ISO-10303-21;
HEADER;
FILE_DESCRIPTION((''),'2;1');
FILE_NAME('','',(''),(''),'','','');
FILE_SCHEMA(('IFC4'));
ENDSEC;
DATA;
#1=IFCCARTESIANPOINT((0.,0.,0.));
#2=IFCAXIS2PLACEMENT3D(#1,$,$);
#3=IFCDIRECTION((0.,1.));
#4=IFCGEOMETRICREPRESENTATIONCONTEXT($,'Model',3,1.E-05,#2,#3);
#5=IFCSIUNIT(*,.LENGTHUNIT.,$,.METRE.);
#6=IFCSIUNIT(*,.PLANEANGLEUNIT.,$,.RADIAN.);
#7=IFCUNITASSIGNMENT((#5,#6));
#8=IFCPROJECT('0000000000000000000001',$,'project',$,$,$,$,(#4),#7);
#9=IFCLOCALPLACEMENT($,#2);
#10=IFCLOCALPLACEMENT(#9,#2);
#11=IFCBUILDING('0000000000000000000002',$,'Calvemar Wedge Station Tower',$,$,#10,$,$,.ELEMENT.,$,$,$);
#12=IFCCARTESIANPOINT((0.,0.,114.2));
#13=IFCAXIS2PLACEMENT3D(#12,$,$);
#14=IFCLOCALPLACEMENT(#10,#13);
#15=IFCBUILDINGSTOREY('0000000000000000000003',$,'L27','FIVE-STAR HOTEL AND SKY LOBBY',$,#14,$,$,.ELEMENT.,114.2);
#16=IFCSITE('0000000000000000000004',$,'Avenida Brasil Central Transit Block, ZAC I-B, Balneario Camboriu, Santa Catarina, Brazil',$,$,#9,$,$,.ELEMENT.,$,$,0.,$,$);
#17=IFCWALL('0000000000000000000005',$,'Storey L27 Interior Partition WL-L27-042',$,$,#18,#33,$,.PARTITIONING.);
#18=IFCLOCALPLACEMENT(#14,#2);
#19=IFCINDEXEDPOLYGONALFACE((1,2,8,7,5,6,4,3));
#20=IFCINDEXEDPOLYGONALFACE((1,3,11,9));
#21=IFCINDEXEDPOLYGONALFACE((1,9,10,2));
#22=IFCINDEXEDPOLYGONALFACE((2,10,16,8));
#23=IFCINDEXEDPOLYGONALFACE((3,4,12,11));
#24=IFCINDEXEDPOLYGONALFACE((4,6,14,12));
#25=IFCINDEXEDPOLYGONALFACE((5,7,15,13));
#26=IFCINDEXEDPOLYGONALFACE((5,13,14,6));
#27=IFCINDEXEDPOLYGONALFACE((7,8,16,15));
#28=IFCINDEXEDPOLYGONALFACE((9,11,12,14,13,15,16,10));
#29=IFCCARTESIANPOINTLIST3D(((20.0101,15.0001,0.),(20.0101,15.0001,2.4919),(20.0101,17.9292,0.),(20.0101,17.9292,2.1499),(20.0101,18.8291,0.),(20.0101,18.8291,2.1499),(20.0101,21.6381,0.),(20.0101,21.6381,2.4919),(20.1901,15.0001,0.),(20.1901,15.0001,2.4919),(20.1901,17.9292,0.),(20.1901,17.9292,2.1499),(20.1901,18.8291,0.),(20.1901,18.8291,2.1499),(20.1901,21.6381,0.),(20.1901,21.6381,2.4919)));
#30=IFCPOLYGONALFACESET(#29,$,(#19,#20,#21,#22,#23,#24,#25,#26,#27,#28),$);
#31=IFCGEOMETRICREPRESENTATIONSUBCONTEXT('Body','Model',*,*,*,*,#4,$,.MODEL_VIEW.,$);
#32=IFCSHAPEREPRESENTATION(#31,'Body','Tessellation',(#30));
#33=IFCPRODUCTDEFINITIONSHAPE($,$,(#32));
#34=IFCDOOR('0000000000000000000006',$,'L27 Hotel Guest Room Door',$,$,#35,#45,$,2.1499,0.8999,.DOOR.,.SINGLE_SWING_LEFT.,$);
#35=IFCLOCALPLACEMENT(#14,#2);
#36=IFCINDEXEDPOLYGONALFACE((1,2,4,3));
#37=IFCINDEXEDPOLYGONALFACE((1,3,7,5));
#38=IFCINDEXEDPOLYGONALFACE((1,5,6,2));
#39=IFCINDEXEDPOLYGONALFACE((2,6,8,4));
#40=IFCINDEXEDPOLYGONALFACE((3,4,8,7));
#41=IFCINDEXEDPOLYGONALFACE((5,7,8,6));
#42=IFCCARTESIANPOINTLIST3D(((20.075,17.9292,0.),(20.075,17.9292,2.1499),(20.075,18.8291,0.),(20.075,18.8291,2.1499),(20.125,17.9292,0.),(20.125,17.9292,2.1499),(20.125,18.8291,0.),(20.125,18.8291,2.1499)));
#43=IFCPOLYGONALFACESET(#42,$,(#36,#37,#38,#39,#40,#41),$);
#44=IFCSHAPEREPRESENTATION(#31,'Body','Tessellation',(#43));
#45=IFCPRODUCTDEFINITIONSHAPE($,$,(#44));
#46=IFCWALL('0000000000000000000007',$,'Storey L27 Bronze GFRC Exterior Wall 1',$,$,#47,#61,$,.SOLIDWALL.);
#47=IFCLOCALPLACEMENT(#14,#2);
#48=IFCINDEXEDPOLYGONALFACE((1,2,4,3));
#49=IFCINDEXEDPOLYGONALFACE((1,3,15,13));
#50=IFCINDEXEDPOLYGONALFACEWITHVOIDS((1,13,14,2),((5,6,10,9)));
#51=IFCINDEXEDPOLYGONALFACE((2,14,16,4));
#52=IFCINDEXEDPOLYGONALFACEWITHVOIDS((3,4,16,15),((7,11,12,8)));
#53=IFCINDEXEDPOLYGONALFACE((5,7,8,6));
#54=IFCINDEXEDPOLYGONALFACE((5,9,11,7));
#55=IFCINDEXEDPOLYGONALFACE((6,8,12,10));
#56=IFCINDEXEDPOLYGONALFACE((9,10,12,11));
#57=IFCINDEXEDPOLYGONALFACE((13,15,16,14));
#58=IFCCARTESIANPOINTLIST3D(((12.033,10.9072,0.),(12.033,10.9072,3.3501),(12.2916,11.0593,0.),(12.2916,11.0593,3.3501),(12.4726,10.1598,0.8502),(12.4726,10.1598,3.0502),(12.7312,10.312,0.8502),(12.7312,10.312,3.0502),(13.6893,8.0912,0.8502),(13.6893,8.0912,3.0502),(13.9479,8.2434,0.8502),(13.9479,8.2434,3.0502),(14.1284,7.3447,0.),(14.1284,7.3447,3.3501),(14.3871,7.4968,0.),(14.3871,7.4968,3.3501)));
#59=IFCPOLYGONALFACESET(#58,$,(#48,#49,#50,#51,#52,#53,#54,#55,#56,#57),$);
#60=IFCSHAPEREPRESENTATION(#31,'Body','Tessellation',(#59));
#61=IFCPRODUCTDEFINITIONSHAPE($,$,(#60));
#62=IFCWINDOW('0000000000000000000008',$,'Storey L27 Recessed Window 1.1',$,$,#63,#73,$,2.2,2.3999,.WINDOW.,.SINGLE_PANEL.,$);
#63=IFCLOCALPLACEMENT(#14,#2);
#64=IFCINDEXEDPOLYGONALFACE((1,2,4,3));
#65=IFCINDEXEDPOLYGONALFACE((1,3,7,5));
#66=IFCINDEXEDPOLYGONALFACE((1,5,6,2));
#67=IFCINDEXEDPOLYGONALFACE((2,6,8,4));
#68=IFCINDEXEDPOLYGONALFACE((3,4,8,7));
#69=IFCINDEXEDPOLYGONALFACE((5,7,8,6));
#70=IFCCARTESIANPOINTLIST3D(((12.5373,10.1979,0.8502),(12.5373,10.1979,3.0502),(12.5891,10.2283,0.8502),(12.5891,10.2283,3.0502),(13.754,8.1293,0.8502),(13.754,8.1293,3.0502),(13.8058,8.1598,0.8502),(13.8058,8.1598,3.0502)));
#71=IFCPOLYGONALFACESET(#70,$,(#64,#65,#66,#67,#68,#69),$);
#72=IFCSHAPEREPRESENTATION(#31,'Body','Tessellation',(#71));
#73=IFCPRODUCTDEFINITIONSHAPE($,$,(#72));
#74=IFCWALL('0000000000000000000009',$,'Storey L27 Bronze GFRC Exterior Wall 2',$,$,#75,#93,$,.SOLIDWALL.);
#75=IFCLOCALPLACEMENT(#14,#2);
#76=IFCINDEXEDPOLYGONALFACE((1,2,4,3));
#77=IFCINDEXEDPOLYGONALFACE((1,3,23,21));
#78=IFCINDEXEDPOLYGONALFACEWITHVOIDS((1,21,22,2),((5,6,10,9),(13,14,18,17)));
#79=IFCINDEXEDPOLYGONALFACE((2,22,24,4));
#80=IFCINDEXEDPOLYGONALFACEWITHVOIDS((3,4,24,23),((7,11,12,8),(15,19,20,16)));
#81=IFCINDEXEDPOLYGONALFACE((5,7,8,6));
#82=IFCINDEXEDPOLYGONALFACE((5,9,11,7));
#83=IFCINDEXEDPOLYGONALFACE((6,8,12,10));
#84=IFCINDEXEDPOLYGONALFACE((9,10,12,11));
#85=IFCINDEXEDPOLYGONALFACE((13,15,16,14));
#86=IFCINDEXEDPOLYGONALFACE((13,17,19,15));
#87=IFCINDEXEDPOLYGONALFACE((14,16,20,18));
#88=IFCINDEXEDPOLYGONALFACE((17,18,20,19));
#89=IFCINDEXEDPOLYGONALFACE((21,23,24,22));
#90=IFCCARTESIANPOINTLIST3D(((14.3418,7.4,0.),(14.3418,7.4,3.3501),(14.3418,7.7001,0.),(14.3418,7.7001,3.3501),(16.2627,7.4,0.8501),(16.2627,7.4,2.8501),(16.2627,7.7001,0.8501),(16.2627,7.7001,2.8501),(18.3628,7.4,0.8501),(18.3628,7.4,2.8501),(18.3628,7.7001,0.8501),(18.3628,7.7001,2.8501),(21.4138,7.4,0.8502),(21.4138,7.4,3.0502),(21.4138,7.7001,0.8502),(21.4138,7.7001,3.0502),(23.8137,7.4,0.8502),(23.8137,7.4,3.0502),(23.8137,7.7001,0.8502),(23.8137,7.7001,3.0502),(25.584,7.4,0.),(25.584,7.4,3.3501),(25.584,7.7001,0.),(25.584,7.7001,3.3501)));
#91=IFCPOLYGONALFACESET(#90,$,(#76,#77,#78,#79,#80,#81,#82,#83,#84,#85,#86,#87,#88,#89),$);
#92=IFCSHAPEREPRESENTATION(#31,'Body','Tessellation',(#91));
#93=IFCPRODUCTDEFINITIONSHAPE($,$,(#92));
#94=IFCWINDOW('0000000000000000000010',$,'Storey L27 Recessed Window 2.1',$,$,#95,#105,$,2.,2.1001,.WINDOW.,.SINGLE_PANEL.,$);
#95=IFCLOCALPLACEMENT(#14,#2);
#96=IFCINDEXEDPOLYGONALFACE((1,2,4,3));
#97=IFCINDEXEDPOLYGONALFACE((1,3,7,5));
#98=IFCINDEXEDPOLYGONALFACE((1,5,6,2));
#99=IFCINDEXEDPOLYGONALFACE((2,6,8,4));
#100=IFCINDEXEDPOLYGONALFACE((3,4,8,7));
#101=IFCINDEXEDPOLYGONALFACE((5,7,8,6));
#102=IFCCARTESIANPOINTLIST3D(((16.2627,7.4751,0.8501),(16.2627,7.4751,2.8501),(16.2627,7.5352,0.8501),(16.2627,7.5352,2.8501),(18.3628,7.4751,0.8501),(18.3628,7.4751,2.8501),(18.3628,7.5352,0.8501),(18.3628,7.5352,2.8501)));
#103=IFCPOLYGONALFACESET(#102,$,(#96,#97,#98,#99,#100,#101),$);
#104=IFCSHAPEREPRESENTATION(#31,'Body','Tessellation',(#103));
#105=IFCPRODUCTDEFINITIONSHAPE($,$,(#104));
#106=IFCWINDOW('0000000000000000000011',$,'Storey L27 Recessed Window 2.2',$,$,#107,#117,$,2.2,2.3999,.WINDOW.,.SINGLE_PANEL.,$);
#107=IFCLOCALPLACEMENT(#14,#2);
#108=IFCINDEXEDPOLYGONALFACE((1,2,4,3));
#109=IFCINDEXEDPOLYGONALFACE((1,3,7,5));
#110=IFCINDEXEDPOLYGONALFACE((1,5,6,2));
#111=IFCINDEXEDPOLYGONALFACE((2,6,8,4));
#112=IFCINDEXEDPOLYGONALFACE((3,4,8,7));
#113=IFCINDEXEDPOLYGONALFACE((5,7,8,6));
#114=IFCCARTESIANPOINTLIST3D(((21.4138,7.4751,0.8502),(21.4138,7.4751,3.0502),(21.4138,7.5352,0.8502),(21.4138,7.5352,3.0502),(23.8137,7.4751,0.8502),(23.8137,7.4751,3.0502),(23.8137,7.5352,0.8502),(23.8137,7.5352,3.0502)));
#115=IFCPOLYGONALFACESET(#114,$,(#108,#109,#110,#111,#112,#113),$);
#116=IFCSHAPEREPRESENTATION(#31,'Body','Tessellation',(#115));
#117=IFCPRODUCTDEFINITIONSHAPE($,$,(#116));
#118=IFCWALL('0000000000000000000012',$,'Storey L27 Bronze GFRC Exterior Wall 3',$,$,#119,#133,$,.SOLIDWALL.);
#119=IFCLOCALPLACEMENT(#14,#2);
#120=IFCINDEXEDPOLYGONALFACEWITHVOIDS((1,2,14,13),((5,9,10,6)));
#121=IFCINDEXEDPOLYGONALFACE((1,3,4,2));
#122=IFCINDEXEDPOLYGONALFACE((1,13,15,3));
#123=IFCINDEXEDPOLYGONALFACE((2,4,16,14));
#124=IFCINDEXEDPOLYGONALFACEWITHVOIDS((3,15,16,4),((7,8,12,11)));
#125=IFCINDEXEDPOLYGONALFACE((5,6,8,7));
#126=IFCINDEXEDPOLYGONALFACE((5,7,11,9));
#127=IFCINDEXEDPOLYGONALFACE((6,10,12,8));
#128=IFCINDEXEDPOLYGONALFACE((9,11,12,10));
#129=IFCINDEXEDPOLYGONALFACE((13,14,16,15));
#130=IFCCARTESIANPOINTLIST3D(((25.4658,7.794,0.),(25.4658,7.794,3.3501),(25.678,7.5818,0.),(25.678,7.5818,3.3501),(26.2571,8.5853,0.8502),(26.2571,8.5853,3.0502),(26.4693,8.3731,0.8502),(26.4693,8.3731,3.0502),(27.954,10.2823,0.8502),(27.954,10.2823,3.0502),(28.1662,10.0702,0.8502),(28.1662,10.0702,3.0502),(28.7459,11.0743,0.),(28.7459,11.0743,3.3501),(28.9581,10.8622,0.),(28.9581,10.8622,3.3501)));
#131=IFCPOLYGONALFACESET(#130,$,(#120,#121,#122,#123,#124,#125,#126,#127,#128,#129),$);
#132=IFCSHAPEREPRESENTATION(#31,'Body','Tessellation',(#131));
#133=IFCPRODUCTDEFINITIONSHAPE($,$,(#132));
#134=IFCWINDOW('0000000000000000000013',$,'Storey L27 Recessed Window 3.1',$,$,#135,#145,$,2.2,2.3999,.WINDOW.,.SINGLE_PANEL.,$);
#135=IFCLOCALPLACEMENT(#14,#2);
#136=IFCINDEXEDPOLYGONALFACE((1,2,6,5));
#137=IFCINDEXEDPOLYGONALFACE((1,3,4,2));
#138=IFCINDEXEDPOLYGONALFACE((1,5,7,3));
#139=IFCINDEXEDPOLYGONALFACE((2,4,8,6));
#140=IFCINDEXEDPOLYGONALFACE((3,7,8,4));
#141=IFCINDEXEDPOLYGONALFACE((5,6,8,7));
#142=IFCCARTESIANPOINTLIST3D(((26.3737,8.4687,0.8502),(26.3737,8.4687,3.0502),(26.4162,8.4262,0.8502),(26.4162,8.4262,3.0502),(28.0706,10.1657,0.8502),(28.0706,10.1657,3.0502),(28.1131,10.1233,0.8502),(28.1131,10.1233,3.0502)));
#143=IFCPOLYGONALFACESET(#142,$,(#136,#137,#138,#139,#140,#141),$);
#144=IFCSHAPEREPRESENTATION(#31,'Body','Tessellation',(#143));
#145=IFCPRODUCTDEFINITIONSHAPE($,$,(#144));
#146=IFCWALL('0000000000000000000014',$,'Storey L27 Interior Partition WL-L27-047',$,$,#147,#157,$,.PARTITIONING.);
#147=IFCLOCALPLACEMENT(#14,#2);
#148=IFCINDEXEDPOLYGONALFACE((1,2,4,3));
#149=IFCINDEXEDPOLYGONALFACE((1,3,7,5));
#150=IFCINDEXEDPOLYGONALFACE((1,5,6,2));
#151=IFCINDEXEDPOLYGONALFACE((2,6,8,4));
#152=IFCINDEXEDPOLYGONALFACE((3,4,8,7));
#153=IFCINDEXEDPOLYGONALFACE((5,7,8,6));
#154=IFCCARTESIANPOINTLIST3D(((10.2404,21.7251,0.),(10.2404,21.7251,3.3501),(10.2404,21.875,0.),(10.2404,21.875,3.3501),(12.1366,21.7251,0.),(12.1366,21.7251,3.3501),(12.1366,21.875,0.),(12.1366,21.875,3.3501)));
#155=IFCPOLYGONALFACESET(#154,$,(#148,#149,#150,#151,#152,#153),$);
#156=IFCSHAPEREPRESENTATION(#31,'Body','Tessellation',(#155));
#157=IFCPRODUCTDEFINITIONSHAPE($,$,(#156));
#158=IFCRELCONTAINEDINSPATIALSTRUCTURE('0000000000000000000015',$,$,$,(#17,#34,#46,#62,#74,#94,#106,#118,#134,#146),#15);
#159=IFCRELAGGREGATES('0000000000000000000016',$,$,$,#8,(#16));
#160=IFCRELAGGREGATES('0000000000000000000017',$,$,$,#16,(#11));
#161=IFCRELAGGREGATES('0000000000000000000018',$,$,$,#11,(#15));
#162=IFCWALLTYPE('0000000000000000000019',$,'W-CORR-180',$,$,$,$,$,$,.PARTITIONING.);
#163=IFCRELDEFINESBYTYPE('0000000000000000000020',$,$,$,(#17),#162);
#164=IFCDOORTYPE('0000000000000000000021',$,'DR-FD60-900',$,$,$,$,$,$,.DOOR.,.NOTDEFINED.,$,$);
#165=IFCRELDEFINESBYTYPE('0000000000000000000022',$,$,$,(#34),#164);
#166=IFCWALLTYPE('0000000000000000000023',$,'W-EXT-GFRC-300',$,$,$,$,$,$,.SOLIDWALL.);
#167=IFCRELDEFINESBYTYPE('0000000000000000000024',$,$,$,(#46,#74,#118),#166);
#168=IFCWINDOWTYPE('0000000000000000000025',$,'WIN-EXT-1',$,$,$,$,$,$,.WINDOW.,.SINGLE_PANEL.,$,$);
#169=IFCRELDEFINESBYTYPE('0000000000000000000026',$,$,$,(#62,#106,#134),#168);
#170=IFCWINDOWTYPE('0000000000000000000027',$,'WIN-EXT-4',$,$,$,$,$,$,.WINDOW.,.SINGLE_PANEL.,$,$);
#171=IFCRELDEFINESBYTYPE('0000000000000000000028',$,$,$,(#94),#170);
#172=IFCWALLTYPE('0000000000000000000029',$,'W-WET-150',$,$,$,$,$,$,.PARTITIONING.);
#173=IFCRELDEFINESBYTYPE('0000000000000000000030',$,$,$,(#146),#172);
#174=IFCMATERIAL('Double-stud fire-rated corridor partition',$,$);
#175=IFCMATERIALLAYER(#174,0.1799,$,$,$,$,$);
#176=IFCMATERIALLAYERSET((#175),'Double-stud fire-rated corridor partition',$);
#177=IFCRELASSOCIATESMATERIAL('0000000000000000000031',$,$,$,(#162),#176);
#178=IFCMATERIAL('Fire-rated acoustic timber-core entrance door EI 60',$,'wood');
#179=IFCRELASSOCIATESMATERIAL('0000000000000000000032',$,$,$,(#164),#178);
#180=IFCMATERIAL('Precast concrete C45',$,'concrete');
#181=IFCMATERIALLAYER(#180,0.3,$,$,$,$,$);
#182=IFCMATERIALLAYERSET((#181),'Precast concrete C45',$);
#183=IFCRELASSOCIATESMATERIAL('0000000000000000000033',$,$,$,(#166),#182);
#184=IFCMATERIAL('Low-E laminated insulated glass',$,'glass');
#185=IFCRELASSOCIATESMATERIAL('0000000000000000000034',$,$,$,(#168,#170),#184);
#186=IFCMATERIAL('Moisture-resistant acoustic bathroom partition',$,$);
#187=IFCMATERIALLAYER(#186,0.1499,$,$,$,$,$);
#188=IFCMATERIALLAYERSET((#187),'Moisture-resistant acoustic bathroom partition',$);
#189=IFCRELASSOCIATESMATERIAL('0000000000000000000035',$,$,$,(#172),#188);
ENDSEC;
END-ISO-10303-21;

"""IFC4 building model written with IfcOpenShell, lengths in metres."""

from ifc_helpers import new_model, si_unit, direction, frame, frame_2d, origin, place, context, subcontext, project, spatial, rectangle, extrude, source, transform, mapped, material, layer, layer_set, type_object, element, fill, save


model = new_model("IFC4")

# Units and contexts
model_context = context("Model", 3, precision=1e-05, world=origin(), true_north=direction((0.0, 1.0)))
body_context = subcontext(model_context, "Body", "Model", "MODEL_VIEW")
ifc_project = project(units=[si_unit("LENGTHUNIT", "METRE"), si_unit("PLANEANGLEUNIT", "RADIAN")], contexts=[model_context])

# Site, building, storey
site_placement = place(None, origin())
site = spatial("IfcSite", under=ifc_project, at=site_placement, Name="Avenida Brasil Central Transit Block, ZAC I-B, Balneario Camboriu, Santa Catarina, Brazil", CompositionType="ELEMENT", RefElevation=0.0)
building_placement = place(site_placement, origin())
building = spatial("IfcBuilding", under=site, at=building_placement, Name="Calvemar Wedge Station Tower", CompositionType="ELEMENT")
storey_placement = place(building_placement, frame((0.0, 0.0, 114.2)))
storey = spatial("IfcBuildingStorey", under=building, at=storey_placement, Name="L27", Description="FIVE-STAR HOTEL AND SKY LOBBY", CompositionType="ELEMENT", Elevation=114.2)

# Wall, opening, door
ifc_material_1 = material(Name="Double-stud fire-rated corridor partition")
ifc_layer_1 = layer(ifc_material_1, 0.1799)
ifc_layer_set_1 = layer_set([ifc_layer_1], Name="Double-stud fire-rated corridor partition")
wall_type_1 = type_object("IfcWallType", Name="W-CORR-180", PredefinedType="PARTITIONING", material=ifc_layer_set_1)
shared_shape_1 = source(origin(), body_context, "Body", "SweptSolid", [
    extrude(rectangle(XDim=0.8999, YDim=2.1499, at=frame_2d((0.45, 1.075))), frame((0.0, 0.1001, 0.0), z_axis=(0.0, -1.0, 0.0), x_axis=(1.0, 0.0, 0.0)), (0.0, 0.0, 1.0), 0.2),
])
ifc_material_2 = material(Name="Fire-rated acoustic timber-core entrance door EI 60", Category="wood")
door_type_1 = type_object("IfcDoorType", Name="DR-FD60-900", OperationType="NOTDEFINED", PredefinedType="DOOR", material=ifc_material_2)
shared_shape_2 = source(origin(), body_context, "Body", "SweptSolid", [
    extrude(rectangle(XDim=0.8999, YDim=2.1499, at=frame_2d((0.45, 1.075))), frame((0.0, 0.0249, 0.0), z_axis=(0.0, -1.0, 0.0), x_axis=(1.0, 0.0, 0.0)), (0.0, 0.0, 1.0), 0.05),
])
wall_1_placement = place(storey_placement, frame((20.1001, 21.6379, 0.0), z_axis=(0.0, 0.0, 1.0), x_axis=(0.0, -1.0, 0.0)))
wall_1 = element("IfcWall", 1, at=wall_1_placement, inside=storey, type_object=wall_type_1, Name="Storey L27 Interior Partition WL-L27-042", PredefinedType="PARTITIONING", context=body_context, shape_type="SweptSolid", body=[
    extrude(rectangle(XDim=6.6379, YDim=0.1799, at=frame_2d((3.3188, 0.0))), origin(), (0.0, 0.0, 1.0), 2.4919),
])
opening_1_placement = place(wall_1_placement, frame((2.8088, 0.0, 0.0)))
opening_1 = element("IfcOpeningElement", 2, at=opening_1_placement, cuts=wall_1, PredefinedType="OPENING", context=body_context, shape_type="MappedRepresentation", body=[
    mapped(shared_shape_1, transform((0.0, 0.0, 0.0), scale=1.0)),
])
door_1_placement = place(opening_1_placement, origin())
door_1 = element("IfcDoor", 3, at=door_1_placement, inside=storey, type_object=door_type_1, Name="L27 Hotel Guest Room Door", OperationType="SINGLE_SWING_LEFT", OverallHeight=2.1499, OverallWidth=0.8999, PredefinedType="DOOR", context=body_context, shape_type="MappedRepresentation", body=[
    mapped(shared_shape_2, transform((0.0, 0.0, 0.0), scale=1.0)),
])
fill(opening_1, door_1)

# Wall, opening, window
ifc_material_3 = material(Name="Precast concrete C45", Category="concrete")
ifc_layer_2 = layer(ifc_material_3, 0.3)
ifc_layer_set_2 = layer_set([ifc_layer_2], Name="Precast concrete C45")
wall_type_2 = type_object("IfcWallType", Name="W-EXT-GFRC-300", PredefinedType="SOLIDWALL", material=ifc_layer_set_2)
wall_2_placement = place(storey_placement, frame((12.1624, 10.9832, 0.0), z_axis=(0.0, 0.0, 1.0), x_axis=(0.506997, -0.861948, 0.0)))
wall_2 = element("IfcWall", 4, at=wall_2_placement, inside=storey, type_object=wall_type_2, Name="Storey L27 Bronze GFRC Exterior Wall 1", PredefinedType="SOLIDWALL", context=body_context, shape_type="SweptSolid", body=[
    extrude(rectangle(XDim=4.1331, YDim=0.3, at=frame_2d((2.0664, 0.0))), origin(), (0.0, 0.0, 1.0), 3.3501),
])
shared_shape_3 = source(origin(), body_context, "Body", "SweptSolid", [
    extrude(rectangle(XDim=2.3999, YDim=2.2, at=frame_2d((1.2, 1.1001))), frame((0.0, 0.1602, 0.0), z_axis=(0.0, -1.0, 0.0), x_axis=(1.0, 0.0, 0.0)), (0.0, 0.0, 1.0), 0.3201),
])
opening_2_placement = place(wall_2_placement, frame((0.8669, 0.0, 0.8501)))
opening_2 = element("IfcOpeningElement", 5, at=opening_2_placement, cuts=wall_2, PredefinedType="OPENING", context=body_context, shape_type="MappedRepresentation", body=[
    mapped(shared_shape_3, transform((0.0, 0.0, 0.0), scale=1.0)),
])
ifc_material_4 = material(Name="Low-E laminated insulated glass", Category="glass")
window_type_1 = type_object("IfcWindowType", Name="WIN-EXT-1", PartitioningType="SINGLE_PANEL", PredefinedType="WINDOW", material=ifc_material_4)
shared_shape_4 = source(origin(), body_context, "Body", "SweptSolid", [
    extrude(rectangle(XDim=2.3999, YDim=2.2, at=frame_2d((1.2, 1.1001))), frame((0.0, -0.0149, 0.0), z_axis=(0.0, -1.0, 0.0), x_axis=(1.0, 0.0, 0.0)), (0.0, 0.0, 1.0), 0.0601),
])
window_1_placement = place(opening_2_placement, origin())
window_1 = element("IfcWindow", 6, at=window_1_placement, inside=storey, type_object=window_type_1, Name="Storey L27 Recessed Window 1.1", OverallHeight=2.2, OverallWidth=2.3999, PartitioningType="SINGLE_PANEL", PredefinedType="WINDOW", context=body_context, shape_type="MappedRepresentation", body=[
    mapped(shared_shape_4, transform((0.0, 0.0, 0.0), scale=1.0)),
])
fill(opening_2, window_1)

# Wall, openings, windows
wall_3_placement = place(storey_placement, frame((14.3418, 7.55, 0.0), z_axis=(0.0, 0.0, 1.0), x_axis=(1.0, 0.0, 0.0)))
wall_3 = element("IfcWall", 7, at=wall_3_placement, inside=storey, type_object=wall_type_2, Name="Storey L27 Bronze GFRC Exterior Wall 2", PredefinedType="SOLIDWALL", context=body_context, shape_type="SweptSolid", body=[
    extrude(rectangle(XDim=11.2422, YDim=0.3, at=frame_2d((5.6211, 0.0))), origin(), (0.0, 0.0, 1.0), 3.3501),
])
shared_shape_5 = source(origin(), body_context, "Body", "SweptSolid", [
    extrude(rectangle(XDim=2.1001, YDim=2.0, at=frame_2d((1.05, 1.0))), frame((0.0, 0.1602, 0.0), z_axis=(0.0, -1.0, 0.0), x_axis=(1.0, 0.0, 0.0)), (0.0, 0.0, 1.0), 0.3201),
])
opening_3_placement = place(wall_3_placement, frame((1.9209, 0.0, 0.8501)))
opening_3 = element("IfcOpeningElement", 8, at=opening_3_placement, cuts=wall_3, PredefinedType="OPENING", context=body_context, shape_type="MappedRepresentation", body=[
    mapped(shared_shape_5, transform((0.0, 0.0, 0.0), scale=1.0)),
])
opening_4_placement = place(wall_3_placement, frame((7.072, 0.0, 0.8501)))
opening_4 = element("IfcOpeningElement", 9, at=opening_4_placement, cuts=wall_3, PredefinedType="OPENING", context=body_context, shape_type="MappedRepresentation", body=[
    mapped(shared_shape_3, transform((0.0, 0.0, 0.0), scale=1.0)),
])
window_type_2 = type_object("IfcWindowType", Name="WIN-EXT-4", PartitioningType="SINGLE_PANEL", PredefinedType="WINDOW", material=ifc_material_4)
shared_shape_6 = source(origin(), body_context, "Body", "SweptSolid", [
    extrude(rectangle(XDim=2.1001, YDim=2.0, at=frame_2d((1.05, 1.0))), frame((0.0, -0.0149, 0.0), z_axis=(0.0, -1.0, 0.0), x_axis=(1.0, 0.0, 0.0)), (0.0, 0.0, 1.0), 0.0601),
])
window_2_placement = place(opening_3_placement, origin())
window_2 = element("IfcWindow", 10, at=window_2_placement, inside=storey, type_object=window_type_2, Name="Storey L27 Recessed Window 2.1", OverallHeight=2.0, OverallWidth=2.1001, PartitioningType="SINGLE_PANEL", PredefinedType="WINDOW", context=body_context, shape_type="MappedRepresentation", body=[
    mapped(shared_shape_6, transform((0.0, 0.0, 0.0), scale=1.0)),
])
fill(opening_3, window_2)
window_3_placement = place(opening_4_placement, origin())
window_3 = element("IfcWindow", 11, at=window_3_placement, inside=storey, type_object=window_type_1, Name="Storey L27 Recessed Window 2.2", OverallHeight=2.2, OverallWidth=2.3999, PartitioningType="SINGLE_PANEL", PredefinedType="WINDOW", context=body_context, shape_type="MappedRepresentation", body=[
    mapped(shared_shape_4, transform((0.0, 0.0, 0.0), scale=1.0)),
])
fill(opening_4, window_3)

# Wall, opening, window
wall_4_placement = place(storey_placement, frame((25.572, 7.688, 0.0), z_axis=(0.0, 0.0, 1.0), x_axis=(0.70708, 0.707133, 0.0)))
wall_4 = element("IfcWall", 12, at=wall_4_placement, inside=storey, type_object=wall_type_2, Name="Storey L27 Bronze GFRC Exterior Wall 3", PredefinedType="SOLIDWALL", context=body_context, shape_type="SweptSolid", body=[
    extrude(rectangle(XDim=4.6389, YDim=0.3, at=frame_2d((2.3193, 0.0))), origin(), (0.0, 0.0, 1.0), 3.3501),
])
opening_5_placement = place(wall_4_placement, frame((1.1189, 0.0, 0.8501)))
opening_5 = element("IfcOpeningElement", 13, at=opening_5_placement, cuts=wall_4, PredefinedType="OPENING", context=body_context, shape_type="MappedRepresentation", body=[
    mapped(shared_shape_3, transform((0.0, 0.0, 0.0), scale=1.0)),
])
window_4_placement = place(opening_5_placement, origin())
window_4 = element("IfcWindow", 14, at=window_4_placement, inside=storey, type_object=window_type_1, Name="Storey L27 Recessed Window 3.1", OverallHeight=2.2, OverallWidth=2.3999, PartitioningType="SINGLE_PANEL", PredefinedType="WINDOW", context=body_context, shape_type="MappedRepresentation", body=[
    mapped(shared_shape_4, transform((0.0, 0.0, 0.0), scale=1.0)),
])
fill(opening_5, window_4)

# Shared definitions
ifc_material_5 = material(Name="Moisture-resistant acoustic bathroom partition")
ifc_layer_3 = layer(ifc_material_5, 0.1499)
ifc_layer_set_3 = layer_set([ifc_layer_3], Name="Moisture-resistant acoustic bathroom partition")
wall_type_3 = type_object("IfcWallType", Name="W-WET-150", PredefinedType="PARTITIONING", material=ifc_layer_set_3)

# Wall
wall_5_placement = place(storey_placement, frame((12.1367, 21.8, 0.0), z_axis=(0.0, 0.0, 1.0), x_axis=(-1.0, 0.0, 0.0)))
element("IfcWall", 15, at=wall_5_placement, inside=storey, type_object=wall_type_3, Name="Storey L27 Interior Partition WL-L27-047", PredefinedType="PARTITIONING", context=body_context, shape_type="SweptSolid", body=[
    extrude(rectangle(XDim=1.8962, YDim=0.1499, at=frame_2d((0.9482, 0.0))), origin(), (0.0, 0.0, 1.0), 3.3501),
])

save(model, "model.ifc")
